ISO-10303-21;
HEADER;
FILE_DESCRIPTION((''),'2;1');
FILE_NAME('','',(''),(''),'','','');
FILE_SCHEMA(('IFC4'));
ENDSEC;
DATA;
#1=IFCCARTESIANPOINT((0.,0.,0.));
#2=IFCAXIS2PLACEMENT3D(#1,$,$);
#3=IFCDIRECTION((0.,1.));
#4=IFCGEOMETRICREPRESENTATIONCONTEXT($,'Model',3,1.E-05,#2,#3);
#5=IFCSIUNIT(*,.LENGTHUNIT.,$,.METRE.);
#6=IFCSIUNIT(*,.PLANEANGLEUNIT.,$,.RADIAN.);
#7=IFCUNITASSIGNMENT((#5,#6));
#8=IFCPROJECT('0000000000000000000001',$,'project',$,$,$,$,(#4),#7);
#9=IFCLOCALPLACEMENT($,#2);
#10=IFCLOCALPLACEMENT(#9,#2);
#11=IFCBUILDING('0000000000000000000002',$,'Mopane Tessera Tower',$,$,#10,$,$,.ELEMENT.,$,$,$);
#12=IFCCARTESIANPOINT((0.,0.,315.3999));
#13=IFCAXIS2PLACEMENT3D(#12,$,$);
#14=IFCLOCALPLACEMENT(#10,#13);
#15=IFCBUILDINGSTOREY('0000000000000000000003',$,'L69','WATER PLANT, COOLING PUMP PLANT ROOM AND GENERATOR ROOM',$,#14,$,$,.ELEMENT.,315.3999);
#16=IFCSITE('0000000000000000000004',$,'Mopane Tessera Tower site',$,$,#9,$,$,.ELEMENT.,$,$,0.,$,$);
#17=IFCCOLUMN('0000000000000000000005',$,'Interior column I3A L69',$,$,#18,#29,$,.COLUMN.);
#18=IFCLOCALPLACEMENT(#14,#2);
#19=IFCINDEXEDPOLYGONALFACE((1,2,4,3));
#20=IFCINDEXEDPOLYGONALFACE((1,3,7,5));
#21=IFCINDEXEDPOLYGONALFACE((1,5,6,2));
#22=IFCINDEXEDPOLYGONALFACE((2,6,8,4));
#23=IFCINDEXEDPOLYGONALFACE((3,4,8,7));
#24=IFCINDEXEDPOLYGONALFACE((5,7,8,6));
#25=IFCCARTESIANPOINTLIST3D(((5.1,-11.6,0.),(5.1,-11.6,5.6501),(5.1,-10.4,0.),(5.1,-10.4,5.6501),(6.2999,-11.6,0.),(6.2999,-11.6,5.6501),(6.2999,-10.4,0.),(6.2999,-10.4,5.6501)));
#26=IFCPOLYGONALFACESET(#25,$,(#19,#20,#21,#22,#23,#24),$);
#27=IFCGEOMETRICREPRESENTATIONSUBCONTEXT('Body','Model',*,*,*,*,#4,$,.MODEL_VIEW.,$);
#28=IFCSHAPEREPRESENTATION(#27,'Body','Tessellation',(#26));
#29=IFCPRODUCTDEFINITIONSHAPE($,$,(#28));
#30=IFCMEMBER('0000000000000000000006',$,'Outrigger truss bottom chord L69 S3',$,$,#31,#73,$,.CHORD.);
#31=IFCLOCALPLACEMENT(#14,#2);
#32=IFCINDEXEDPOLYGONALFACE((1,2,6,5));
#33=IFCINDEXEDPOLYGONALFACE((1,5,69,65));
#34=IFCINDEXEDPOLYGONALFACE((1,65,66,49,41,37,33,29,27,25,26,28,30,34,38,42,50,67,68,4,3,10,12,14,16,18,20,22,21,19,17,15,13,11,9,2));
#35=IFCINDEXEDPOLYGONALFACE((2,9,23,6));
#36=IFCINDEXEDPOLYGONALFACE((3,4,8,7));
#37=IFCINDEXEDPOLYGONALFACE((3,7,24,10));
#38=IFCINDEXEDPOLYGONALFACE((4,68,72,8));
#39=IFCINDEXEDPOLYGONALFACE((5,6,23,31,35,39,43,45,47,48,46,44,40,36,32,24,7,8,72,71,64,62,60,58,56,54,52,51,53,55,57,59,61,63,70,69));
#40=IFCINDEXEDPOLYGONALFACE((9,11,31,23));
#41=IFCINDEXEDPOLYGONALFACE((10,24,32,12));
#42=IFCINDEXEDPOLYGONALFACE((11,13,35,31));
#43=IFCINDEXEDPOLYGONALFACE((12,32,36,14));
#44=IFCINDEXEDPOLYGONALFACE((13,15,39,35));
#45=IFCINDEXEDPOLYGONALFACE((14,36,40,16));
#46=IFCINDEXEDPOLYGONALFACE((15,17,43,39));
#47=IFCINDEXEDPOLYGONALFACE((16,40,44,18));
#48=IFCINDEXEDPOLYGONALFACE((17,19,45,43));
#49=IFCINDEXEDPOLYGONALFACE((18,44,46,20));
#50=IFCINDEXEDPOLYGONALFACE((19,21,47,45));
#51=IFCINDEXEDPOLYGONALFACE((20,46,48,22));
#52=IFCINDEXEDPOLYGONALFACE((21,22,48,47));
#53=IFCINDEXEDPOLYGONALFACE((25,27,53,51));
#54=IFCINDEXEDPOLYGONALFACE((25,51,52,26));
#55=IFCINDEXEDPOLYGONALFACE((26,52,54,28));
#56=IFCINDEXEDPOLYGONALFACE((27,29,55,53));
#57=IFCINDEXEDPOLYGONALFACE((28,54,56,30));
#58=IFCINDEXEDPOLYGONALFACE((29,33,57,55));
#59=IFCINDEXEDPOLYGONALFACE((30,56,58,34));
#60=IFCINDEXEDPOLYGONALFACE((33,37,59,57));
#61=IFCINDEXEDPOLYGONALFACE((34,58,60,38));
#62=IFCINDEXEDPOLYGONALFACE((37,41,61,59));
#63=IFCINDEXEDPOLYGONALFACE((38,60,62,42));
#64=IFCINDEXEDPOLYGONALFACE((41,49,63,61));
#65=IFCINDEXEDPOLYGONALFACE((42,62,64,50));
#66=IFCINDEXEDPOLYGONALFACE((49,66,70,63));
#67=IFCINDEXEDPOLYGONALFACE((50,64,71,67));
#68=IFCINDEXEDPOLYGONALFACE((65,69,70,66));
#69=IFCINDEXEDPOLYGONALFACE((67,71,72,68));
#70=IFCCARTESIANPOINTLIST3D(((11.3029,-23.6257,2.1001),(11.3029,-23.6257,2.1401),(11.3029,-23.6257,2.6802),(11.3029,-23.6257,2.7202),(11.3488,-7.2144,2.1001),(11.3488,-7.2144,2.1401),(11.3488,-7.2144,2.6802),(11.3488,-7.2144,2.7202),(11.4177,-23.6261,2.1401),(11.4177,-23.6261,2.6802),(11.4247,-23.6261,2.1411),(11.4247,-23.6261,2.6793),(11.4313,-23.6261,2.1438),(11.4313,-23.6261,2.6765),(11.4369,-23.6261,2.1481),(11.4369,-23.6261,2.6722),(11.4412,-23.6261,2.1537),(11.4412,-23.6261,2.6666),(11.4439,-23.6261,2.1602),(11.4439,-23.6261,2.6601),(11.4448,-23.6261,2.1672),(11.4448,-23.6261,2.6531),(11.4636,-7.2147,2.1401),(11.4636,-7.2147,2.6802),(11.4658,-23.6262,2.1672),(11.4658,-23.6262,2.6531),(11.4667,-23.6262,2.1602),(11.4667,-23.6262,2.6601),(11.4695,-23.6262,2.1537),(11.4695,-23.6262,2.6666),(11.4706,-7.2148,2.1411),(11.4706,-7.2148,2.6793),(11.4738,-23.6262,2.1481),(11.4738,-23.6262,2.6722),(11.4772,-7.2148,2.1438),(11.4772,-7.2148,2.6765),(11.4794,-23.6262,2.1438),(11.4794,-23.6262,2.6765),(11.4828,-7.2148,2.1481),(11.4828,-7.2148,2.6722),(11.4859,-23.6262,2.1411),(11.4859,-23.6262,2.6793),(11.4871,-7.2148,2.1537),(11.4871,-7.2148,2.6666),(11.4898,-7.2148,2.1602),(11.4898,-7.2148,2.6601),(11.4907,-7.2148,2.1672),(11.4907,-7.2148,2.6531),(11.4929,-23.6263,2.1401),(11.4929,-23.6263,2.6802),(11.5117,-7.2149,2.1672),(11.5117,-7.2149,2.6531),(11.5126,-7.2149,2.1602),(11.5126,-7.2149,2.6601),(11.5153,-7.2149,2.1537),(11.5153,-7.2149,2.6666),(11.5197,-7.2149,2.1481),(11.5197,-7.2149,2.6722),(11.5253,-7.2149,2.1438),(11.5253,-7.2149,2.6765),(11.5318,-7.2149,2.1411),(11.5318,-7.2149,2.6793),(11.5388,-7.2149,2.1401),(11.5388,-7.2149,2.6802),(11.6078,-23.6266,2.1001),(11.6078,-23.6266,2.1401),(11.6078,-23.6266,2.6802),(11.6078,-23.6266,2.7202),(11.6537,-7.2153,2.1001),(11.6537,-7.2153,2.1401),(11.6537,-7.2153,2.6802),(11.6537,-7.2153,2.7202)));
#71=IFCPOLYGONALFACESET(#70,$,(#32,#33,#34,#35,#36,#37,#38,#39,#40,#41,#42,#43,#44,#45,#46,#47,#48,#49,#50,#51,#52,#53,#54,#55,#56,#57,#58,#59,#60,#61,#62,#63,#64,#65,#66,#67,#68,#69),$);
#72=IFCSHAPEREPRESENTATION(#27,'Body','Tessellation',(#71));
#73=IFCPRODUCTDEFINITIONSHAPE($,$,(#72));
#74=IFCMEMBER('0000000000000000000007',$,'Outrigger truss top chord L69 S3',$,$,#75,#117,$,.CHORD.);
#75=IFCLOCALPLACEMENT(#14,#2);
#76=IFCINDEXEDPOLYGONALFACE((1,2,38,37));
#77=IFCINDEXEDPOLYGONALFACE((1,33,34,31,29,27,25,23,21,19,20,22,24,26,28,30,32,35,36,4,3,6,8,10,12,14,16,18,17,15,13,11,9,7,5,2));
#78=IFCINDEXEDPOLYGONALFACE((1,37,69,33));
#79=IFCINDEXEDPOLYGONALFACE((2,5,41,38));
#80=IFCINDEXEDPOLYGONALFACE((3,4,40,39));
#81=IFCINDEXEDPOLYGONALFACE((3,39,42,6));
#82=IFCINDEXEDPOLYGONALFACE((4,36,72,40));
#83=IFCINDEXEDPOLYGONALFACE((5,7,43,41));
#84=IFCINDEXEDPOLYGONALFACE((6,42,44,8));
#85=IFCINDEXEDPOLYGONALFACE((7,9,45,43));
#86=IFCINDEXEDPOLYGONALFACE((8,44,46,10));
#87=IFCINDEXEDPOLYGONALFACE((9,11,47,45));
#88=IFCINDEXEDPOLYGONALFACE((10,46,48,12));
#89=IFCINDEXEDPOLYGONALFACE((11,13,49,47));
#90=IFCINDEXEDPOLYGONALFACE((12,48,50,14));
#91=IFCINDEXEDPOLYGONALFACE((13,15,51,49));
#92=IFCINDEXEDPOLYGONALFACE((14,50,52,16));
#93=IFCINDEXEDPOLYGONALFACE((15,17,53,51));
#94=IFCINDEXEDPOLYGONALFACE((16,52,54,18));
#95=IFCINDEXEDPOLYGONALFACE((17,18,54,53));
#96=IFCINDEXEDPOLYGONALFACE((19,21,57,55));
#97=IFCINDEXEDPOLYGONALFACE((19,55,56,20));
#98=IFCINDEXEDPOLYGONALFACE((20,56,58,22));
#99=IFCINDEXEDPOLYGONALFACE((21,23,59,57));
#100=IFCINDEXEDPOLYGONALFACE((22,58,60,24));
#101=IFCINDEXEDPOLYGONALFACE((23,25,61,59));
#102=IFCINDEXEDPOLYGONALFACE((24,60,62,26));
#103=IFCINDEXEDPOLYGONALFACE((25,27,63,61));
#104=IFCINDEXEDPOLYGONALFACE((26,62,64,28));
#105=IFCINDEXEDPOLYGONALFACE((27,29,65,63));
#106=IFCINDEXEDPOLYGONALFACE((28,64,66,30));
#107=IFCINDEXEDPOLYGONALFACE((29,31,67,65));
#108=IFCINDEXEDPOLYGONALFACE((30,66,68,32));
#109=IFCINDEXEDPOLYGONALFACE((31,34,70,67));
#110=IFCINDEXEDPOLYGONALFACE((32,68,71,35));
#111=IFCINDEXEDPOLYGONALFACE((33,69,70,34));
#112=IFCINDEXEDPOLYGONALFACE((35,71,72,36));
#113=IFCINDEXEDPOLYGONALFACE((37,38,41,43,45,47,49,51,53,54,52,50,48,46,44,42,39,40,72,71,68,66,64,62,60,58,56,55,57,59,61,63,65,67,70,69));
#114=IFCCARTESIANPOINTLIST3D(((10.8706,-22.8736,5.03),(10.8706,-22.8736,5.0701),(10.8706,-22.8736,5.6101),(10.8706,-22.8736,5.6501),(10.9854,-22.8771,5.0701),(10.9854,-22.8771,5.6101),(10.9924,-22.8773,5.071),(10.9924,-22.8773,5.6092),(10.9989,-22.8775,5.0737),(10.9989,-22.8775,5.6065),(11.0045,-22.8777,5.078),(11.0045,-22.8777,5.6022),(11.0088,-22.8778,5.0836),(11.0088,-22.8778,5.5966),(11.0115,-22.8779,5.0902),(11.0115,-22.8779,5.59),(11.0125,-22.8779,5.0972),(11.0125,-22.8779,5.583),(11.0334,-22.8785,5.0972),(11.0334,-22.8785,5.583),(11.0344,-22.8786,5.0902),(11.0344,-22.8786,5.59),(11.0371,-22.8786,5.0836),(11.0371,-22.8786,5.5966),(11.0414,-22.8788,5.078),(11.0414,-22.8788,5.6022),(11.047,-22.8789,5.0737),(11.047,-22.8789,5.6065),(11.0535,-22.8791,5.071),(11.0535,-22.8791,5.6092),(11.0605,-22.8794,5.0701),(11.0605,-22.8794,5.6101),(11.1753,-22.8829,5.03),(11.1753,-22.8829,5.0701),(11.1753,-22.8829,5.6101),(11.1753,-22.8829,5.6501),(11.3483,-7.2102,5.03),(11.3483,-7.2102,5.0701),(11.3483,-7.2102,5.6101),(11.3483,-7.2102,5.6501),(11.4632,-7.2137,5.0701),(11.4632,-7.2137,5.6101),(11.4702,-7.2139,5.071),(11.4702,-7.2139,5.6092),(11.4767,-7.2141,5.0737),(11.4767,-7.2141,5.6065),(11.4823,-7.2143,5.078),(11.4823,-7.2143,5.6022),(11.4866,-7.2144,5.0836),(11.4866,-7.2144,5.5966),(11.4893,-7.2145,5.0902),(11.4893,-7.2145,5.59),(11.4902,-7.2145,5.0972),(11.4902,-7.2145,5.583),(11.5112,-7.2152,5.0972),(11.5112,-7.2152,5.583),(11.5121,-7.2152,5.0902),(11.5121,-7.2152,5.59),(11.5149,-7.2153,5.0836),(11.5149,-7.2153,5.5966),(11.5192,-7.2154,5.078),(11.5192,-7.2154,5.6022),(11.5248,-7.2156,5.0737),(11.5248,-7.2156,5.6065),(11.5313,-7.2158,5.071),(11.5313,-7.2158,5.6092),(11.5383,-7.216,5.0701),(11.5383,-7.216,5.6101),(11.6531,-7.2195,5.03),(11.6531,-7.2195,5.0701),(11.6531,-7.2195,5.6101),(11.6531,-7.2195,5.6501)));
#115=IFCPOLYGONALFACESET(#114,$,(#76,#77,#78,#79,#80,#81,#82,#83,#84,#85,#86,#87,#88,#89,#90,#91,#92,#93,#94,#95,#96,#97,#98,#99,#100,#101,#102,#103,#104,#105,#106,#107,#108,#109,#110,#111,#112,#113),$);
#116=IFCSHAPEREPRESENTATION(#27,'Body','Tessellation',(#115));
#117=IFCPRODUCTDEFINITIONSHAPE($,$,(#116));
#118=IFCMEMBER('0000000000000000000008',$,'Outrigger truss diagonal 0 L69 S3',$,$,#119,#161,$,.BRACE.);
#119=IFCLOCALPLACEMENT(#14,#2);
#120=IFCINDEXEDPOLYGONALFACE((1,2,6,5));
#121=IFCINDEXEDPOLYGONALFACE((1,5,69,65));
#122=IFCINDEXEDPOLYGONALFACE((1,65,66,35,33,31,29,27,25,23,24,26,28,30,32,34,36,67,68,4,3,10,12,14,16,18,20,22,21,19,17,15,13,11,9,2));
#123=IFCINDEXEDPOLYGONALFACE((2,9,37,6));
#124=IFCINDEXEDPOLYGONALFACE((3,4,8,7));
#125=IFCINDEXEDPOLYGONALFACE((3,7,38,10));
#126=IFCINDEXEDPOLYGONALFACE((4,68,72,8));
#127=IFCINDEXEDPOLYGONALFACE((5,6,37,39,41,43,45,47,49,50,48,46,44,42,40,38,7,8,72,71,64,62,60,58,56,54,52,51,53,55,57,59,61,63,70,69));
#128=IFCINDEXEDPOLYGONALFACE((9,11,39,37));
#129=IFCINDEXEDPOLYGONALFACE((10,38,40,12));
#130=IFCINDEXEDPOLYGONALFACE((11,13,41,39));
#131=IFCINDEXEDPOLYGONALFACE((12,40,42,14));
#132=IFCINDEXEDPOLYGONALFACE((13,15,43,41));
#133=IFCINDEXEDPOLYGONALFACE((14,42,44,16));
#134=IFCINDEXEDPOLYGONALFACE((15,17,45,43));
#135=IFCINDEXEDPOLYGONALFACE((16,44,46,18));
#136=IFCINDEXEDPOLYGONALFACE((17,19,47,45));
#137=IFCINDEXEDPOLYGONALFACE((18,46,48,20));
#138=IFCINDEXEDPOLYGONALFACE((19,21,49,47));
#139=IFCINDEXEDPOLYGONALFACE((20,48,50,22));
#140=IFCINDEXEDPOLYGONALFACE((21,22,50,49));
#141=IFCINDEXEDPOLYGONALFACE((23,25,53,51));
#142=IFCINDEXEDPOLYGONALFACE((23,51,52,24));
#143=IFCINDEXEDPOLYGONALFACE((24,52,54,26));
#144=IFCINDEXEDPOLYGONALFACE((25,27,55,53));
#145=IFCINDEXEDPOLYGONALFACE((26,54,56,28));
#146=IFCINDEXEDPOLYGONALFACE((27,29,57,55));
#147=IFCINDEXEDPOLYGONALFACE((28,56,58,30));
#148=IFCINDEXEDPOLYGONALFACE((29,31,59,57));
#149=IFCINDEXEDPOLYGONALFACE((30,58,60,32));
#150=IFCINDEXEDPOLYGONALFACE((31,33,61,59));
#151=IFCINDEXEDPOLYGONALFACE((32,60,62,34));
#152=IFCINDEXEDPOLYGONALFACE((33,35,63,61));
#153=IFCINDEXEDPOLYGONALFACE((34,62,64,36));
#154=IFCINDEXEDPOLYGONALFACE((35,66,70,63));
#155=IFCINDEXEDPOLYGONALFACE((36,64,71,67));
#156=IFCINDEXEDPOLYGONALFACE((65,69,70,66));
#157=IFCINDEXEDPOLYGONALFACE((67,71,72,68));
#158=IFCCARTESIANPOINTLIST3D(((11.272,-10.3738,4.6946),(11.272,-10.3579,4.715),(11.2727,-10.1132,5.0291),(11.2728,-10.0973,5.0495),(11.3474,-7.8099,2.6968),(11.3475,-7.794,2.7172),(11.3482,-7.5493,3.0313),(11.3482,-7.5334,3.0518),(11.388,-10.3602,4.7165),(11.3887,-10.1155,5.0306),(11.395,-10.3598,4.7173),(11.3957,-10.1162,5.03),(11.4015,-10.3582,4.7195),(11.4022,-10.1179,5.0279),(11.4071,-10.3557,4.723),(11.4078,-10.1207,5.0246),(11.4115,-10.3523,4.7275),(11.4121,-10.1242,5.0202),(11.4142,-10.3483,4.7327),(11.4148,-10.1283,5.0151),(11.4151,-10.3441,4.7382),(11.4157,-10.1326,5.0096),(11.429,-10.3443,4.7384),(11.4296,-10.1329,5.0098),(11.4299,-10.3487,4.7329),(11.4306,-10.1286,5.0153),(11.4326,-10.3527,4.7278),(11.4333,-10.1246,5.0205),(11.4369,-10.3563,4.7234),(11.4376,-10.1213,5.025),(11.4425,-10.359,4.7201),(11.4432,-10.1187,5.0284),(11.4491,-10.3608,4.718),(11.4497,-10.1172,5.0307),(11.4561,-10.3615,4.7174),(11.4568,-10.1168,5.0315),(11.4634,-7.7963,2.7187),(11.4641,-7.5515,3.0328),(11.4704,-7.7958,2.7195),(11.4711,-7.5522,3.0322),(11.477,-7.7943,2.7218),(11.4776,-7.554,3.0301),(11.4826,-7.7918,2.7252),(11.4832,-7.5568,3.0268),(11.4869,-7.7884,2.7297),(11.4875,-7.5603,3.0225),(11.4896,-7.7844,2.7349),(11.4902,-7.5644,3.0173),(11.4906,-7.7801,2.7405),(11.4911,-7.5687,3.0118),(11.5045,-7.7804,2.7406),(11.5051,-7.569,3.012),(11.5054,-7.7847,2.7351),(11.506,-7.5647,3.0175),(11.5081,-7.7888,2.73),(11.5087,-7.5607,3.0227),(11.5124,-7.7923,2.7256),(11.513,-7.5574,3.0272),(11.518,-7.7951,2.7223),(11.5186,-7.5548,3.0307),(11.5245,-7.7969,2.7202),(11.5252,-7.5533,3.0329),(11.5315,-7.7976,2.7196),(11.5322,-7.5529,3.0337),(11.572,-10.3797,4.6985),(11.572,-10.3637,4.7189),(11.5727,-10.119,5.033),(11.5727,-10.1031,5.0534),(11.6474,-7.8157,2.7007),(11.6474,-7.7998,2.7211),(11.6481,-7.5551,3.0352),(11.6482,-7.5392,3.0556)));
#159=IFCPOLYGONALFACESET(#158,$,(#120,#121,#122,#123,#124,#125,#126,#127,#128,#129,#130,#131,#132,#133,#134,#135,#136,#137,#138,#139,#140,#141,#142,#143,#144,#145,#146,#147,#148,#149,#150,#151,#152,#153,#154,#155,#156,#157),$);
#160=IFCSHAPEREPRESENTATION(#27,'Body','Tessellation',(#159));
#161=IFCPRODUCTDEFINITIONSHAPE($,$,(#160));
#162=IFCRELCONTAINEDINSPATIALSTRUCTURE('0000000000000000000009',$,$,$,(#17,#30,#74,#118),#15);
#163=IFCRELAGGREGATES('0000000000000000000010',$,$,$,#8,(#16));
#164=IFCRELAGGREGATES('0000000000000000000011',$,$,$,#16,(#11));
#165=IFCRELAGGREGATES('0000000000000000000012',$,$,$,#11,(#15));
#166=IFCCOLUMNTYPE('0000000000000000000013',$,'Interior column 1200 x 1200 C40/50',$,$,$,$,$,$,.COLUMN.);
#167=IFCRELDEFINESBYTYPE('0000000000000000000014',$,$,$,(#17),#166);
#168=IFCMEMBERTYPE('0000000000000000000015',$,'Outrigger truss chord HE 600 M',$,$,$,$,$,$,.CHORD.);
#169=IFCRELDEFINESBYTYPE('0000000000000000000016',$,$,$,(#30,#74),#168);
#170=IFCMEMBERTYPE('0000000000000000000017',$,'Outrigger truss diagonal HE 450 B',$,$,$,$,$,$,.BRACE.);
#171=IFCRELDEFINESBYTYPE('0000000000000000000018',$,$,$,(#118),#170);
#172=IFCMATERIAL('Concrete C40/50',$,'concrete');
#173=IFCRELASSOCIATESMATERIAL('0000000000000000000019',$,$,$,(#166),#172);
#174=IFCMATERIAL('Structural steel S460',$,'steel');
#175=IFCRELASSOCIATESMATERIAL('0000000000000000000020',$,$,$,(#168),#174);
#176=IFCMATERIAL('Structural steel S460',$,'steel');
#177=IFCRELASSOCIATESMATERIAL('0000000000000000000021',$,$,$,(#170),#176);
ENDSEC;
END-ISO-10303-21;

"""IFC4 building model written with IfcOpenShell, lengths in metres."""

from ifc_helpers import new_model, si_unit, direction, frame, origin, origin_2d, place, context, subcontext, project, spatial, rectangle, i_section, extrude, material, material_profile, profile_set, type_object, element, save


model = new_model("IFC4")

# Units and contexts
model_context = context("Model", 3, precision=1e-05, world=origin(), true_north=direction((0.0, 1.0)))
body_context = subcontext(model_context, "Body", "Model", "MODEL_VIEW")
ifc_project = project(units=[si_unit("LENGTHUNIT", "METRE"), si_unit("PLANEANGLEUNIT", "RADIAN")], contexts=[model_context])

# Site, building, storey
site_placement = place(None, origin())
site = spatial("IfcSite", under=ifc_project, at=site_placement, Name="Mopane Tessera Tower site", CompositionType="ELEMENT", RefElevation=0.0)
building_placement = place(site_placement, origin())
building = spatial("IfcBuilding", under=site, at=building_placement, Name="Mopane Tessera Tower", CompositionType="ELEMENT")
storey_placement = place(building_placement, frame((0.0, 0.0, 315.3999)))
storey = spatial("IfcBuildingStorey", under=building, at=storey_placement, Name="L69", Description="WATER PLANT, COOLING PUMP PLANT ROOM AND GENERATOR ROOM", CompositionType="ELEMENT", Elevation=315.3999)

# Column
ifc_material_1 = material(Name="Concrete C40/50", Category="concrete")
ifc_material_profile_1 = material_profile(ifc_material_1, rectangle(XDim=1.2, YDim=1.2, at=origin_2d()))
ifc_profile_set_1 = profile_set([ifc_material_profile_1], Name="Concrete C40/50")
column_type = type_object("IfcColumnType", Name="Interior column 1200 x 1200 C40/50", PredefinedType="COLUMN", material=ifc_profile_set_1)
column_placement = place(storey_placement, frame((5.7, -11.0, 0.0), z_axis=(0.0, 0.0, 1.0), x_axis=(1.0, 0.0, 0.0)))
element("IfcColumn", 1, at=column_placement, inside=storey, type_object=column_type, Name="Interior column I3A L69", PredefinedType="COLUMN", context=body_context, shape_type="SweptSolid", body=[
    extrude(rectangle(XDim=1.2, YDim=1.2, at=origin_2d()), origin(), (0.0, 0.0, 1.0), 5.6501),
])

# Members
ifc_material_2 = material(Name="Structural steel S460", Category="steel")
ifc_material_profile_2 = material_profile(ifc_material_2, i_section(OverallWidth=0.3049, OverallDepth=0.6201, WebThickness=0.021, FlangeThickness=0.04, FilletRadius=0.0271, at=origin_2d()))
ifc_profile_set_2 = profile_set([ifc_material_profile_2], Name="Structural steel S460")
member_type_1 = type_object("IfcMemberType", Name="Outrigger truss chord HE 600 M", PredefinedType="CHORD", material=ifc_profile_set_2)
member_1_placement = place(storey_placement, frame((11.5012, -7.2148, 2.4102), z_axis=(-0.002797, -0.999996, 0.0), x_axis=(0.999996, -0.002797, 0.0)))
element("IfcMember", 2, at=member_1_placement, inside=storey, type_object=member_type_1, Name="Outrigger truss bottom chord L69 S3", PredefinedType="CHORD", context=body_context, shape_type="SweptSolid", body=[
    extrude(i_section(OverallWidth=0.3049, OverallDepth=0.6201, WebThickness=0.021, FlangeThickness=0.04, FilletRadius=0.0271, at=origin_2d()), origin(), (0.0, 0.0, 1.0), 16.4114),
])
member_2_placement = place(storey_placement, frame((11.5007, -7.2148, 5.3401), z_axis=(-0.030489, -0.999535, 0.0), x_axis=(0.999535, -0.030489, 0.0)))
element("IfcMember", 3, at=member_2_placement, inside=storey, type_object=member_type_1, Name="Outrigger truss top chord L69 S3", PredefinedType="CHORD", context=body_context, shape_type="SweptSolid", body=[
    extrude(i_section(OverallWidth=0.3049, OverallDepth=0.6201, WebThickness=0.021, FlangeThickness=0.04, FilletRadius=0.0271, at=origin_2d()), origin(), (0.0, 0.0, 1.0), 15.6707),
])
ifc_material_3 = material(Name="Structural steel S460", Category="steel")
ifc_material_profile_3 = material_profile(ifc_material_3, i_section(OverallWidth=0.3, OverallDepth=0.45, WebThickness=0.0139, FlangeThickness=0.0259, FilletRadius=0.0271, at=origin_2d()))
ifc_profile_set_3 = profile_set([ifc_material_profile_3], Name="Structural steel S460")
member_type_2 = type_object("IfcMemberType", Name="Outrigger truss diagonal HE 450 B", PredefinedType="BRACE", material=ifc_profile_set_3)
member_3_placement = place(storey_placement, frame((11.4978, -7.6746, 2.8762), z_axis=(-0.023203, -0.788602, 0.614467), x_axis=(0.999729, -0.019358, 0.012907)))
element("IfcMember", 4, at=member_3_placement, inside=storey, type_object=member_type_2, Name="Outrigger truss diagonal 0 L69 S3", PredefinedType="BRACE", context=body_context, shape_type="SweptSolid", body=[
    extrude(i_section(OverallWidth=0.3, OverallDepth=0.45, WebThickness=0.0139, FlangeThickness=0.0259, FilletRadius=0.0271, at=origin_2d()), origin(), (0.0, 0.0, 1.0), 3.2512),
])

save(model, "model.ifc")
